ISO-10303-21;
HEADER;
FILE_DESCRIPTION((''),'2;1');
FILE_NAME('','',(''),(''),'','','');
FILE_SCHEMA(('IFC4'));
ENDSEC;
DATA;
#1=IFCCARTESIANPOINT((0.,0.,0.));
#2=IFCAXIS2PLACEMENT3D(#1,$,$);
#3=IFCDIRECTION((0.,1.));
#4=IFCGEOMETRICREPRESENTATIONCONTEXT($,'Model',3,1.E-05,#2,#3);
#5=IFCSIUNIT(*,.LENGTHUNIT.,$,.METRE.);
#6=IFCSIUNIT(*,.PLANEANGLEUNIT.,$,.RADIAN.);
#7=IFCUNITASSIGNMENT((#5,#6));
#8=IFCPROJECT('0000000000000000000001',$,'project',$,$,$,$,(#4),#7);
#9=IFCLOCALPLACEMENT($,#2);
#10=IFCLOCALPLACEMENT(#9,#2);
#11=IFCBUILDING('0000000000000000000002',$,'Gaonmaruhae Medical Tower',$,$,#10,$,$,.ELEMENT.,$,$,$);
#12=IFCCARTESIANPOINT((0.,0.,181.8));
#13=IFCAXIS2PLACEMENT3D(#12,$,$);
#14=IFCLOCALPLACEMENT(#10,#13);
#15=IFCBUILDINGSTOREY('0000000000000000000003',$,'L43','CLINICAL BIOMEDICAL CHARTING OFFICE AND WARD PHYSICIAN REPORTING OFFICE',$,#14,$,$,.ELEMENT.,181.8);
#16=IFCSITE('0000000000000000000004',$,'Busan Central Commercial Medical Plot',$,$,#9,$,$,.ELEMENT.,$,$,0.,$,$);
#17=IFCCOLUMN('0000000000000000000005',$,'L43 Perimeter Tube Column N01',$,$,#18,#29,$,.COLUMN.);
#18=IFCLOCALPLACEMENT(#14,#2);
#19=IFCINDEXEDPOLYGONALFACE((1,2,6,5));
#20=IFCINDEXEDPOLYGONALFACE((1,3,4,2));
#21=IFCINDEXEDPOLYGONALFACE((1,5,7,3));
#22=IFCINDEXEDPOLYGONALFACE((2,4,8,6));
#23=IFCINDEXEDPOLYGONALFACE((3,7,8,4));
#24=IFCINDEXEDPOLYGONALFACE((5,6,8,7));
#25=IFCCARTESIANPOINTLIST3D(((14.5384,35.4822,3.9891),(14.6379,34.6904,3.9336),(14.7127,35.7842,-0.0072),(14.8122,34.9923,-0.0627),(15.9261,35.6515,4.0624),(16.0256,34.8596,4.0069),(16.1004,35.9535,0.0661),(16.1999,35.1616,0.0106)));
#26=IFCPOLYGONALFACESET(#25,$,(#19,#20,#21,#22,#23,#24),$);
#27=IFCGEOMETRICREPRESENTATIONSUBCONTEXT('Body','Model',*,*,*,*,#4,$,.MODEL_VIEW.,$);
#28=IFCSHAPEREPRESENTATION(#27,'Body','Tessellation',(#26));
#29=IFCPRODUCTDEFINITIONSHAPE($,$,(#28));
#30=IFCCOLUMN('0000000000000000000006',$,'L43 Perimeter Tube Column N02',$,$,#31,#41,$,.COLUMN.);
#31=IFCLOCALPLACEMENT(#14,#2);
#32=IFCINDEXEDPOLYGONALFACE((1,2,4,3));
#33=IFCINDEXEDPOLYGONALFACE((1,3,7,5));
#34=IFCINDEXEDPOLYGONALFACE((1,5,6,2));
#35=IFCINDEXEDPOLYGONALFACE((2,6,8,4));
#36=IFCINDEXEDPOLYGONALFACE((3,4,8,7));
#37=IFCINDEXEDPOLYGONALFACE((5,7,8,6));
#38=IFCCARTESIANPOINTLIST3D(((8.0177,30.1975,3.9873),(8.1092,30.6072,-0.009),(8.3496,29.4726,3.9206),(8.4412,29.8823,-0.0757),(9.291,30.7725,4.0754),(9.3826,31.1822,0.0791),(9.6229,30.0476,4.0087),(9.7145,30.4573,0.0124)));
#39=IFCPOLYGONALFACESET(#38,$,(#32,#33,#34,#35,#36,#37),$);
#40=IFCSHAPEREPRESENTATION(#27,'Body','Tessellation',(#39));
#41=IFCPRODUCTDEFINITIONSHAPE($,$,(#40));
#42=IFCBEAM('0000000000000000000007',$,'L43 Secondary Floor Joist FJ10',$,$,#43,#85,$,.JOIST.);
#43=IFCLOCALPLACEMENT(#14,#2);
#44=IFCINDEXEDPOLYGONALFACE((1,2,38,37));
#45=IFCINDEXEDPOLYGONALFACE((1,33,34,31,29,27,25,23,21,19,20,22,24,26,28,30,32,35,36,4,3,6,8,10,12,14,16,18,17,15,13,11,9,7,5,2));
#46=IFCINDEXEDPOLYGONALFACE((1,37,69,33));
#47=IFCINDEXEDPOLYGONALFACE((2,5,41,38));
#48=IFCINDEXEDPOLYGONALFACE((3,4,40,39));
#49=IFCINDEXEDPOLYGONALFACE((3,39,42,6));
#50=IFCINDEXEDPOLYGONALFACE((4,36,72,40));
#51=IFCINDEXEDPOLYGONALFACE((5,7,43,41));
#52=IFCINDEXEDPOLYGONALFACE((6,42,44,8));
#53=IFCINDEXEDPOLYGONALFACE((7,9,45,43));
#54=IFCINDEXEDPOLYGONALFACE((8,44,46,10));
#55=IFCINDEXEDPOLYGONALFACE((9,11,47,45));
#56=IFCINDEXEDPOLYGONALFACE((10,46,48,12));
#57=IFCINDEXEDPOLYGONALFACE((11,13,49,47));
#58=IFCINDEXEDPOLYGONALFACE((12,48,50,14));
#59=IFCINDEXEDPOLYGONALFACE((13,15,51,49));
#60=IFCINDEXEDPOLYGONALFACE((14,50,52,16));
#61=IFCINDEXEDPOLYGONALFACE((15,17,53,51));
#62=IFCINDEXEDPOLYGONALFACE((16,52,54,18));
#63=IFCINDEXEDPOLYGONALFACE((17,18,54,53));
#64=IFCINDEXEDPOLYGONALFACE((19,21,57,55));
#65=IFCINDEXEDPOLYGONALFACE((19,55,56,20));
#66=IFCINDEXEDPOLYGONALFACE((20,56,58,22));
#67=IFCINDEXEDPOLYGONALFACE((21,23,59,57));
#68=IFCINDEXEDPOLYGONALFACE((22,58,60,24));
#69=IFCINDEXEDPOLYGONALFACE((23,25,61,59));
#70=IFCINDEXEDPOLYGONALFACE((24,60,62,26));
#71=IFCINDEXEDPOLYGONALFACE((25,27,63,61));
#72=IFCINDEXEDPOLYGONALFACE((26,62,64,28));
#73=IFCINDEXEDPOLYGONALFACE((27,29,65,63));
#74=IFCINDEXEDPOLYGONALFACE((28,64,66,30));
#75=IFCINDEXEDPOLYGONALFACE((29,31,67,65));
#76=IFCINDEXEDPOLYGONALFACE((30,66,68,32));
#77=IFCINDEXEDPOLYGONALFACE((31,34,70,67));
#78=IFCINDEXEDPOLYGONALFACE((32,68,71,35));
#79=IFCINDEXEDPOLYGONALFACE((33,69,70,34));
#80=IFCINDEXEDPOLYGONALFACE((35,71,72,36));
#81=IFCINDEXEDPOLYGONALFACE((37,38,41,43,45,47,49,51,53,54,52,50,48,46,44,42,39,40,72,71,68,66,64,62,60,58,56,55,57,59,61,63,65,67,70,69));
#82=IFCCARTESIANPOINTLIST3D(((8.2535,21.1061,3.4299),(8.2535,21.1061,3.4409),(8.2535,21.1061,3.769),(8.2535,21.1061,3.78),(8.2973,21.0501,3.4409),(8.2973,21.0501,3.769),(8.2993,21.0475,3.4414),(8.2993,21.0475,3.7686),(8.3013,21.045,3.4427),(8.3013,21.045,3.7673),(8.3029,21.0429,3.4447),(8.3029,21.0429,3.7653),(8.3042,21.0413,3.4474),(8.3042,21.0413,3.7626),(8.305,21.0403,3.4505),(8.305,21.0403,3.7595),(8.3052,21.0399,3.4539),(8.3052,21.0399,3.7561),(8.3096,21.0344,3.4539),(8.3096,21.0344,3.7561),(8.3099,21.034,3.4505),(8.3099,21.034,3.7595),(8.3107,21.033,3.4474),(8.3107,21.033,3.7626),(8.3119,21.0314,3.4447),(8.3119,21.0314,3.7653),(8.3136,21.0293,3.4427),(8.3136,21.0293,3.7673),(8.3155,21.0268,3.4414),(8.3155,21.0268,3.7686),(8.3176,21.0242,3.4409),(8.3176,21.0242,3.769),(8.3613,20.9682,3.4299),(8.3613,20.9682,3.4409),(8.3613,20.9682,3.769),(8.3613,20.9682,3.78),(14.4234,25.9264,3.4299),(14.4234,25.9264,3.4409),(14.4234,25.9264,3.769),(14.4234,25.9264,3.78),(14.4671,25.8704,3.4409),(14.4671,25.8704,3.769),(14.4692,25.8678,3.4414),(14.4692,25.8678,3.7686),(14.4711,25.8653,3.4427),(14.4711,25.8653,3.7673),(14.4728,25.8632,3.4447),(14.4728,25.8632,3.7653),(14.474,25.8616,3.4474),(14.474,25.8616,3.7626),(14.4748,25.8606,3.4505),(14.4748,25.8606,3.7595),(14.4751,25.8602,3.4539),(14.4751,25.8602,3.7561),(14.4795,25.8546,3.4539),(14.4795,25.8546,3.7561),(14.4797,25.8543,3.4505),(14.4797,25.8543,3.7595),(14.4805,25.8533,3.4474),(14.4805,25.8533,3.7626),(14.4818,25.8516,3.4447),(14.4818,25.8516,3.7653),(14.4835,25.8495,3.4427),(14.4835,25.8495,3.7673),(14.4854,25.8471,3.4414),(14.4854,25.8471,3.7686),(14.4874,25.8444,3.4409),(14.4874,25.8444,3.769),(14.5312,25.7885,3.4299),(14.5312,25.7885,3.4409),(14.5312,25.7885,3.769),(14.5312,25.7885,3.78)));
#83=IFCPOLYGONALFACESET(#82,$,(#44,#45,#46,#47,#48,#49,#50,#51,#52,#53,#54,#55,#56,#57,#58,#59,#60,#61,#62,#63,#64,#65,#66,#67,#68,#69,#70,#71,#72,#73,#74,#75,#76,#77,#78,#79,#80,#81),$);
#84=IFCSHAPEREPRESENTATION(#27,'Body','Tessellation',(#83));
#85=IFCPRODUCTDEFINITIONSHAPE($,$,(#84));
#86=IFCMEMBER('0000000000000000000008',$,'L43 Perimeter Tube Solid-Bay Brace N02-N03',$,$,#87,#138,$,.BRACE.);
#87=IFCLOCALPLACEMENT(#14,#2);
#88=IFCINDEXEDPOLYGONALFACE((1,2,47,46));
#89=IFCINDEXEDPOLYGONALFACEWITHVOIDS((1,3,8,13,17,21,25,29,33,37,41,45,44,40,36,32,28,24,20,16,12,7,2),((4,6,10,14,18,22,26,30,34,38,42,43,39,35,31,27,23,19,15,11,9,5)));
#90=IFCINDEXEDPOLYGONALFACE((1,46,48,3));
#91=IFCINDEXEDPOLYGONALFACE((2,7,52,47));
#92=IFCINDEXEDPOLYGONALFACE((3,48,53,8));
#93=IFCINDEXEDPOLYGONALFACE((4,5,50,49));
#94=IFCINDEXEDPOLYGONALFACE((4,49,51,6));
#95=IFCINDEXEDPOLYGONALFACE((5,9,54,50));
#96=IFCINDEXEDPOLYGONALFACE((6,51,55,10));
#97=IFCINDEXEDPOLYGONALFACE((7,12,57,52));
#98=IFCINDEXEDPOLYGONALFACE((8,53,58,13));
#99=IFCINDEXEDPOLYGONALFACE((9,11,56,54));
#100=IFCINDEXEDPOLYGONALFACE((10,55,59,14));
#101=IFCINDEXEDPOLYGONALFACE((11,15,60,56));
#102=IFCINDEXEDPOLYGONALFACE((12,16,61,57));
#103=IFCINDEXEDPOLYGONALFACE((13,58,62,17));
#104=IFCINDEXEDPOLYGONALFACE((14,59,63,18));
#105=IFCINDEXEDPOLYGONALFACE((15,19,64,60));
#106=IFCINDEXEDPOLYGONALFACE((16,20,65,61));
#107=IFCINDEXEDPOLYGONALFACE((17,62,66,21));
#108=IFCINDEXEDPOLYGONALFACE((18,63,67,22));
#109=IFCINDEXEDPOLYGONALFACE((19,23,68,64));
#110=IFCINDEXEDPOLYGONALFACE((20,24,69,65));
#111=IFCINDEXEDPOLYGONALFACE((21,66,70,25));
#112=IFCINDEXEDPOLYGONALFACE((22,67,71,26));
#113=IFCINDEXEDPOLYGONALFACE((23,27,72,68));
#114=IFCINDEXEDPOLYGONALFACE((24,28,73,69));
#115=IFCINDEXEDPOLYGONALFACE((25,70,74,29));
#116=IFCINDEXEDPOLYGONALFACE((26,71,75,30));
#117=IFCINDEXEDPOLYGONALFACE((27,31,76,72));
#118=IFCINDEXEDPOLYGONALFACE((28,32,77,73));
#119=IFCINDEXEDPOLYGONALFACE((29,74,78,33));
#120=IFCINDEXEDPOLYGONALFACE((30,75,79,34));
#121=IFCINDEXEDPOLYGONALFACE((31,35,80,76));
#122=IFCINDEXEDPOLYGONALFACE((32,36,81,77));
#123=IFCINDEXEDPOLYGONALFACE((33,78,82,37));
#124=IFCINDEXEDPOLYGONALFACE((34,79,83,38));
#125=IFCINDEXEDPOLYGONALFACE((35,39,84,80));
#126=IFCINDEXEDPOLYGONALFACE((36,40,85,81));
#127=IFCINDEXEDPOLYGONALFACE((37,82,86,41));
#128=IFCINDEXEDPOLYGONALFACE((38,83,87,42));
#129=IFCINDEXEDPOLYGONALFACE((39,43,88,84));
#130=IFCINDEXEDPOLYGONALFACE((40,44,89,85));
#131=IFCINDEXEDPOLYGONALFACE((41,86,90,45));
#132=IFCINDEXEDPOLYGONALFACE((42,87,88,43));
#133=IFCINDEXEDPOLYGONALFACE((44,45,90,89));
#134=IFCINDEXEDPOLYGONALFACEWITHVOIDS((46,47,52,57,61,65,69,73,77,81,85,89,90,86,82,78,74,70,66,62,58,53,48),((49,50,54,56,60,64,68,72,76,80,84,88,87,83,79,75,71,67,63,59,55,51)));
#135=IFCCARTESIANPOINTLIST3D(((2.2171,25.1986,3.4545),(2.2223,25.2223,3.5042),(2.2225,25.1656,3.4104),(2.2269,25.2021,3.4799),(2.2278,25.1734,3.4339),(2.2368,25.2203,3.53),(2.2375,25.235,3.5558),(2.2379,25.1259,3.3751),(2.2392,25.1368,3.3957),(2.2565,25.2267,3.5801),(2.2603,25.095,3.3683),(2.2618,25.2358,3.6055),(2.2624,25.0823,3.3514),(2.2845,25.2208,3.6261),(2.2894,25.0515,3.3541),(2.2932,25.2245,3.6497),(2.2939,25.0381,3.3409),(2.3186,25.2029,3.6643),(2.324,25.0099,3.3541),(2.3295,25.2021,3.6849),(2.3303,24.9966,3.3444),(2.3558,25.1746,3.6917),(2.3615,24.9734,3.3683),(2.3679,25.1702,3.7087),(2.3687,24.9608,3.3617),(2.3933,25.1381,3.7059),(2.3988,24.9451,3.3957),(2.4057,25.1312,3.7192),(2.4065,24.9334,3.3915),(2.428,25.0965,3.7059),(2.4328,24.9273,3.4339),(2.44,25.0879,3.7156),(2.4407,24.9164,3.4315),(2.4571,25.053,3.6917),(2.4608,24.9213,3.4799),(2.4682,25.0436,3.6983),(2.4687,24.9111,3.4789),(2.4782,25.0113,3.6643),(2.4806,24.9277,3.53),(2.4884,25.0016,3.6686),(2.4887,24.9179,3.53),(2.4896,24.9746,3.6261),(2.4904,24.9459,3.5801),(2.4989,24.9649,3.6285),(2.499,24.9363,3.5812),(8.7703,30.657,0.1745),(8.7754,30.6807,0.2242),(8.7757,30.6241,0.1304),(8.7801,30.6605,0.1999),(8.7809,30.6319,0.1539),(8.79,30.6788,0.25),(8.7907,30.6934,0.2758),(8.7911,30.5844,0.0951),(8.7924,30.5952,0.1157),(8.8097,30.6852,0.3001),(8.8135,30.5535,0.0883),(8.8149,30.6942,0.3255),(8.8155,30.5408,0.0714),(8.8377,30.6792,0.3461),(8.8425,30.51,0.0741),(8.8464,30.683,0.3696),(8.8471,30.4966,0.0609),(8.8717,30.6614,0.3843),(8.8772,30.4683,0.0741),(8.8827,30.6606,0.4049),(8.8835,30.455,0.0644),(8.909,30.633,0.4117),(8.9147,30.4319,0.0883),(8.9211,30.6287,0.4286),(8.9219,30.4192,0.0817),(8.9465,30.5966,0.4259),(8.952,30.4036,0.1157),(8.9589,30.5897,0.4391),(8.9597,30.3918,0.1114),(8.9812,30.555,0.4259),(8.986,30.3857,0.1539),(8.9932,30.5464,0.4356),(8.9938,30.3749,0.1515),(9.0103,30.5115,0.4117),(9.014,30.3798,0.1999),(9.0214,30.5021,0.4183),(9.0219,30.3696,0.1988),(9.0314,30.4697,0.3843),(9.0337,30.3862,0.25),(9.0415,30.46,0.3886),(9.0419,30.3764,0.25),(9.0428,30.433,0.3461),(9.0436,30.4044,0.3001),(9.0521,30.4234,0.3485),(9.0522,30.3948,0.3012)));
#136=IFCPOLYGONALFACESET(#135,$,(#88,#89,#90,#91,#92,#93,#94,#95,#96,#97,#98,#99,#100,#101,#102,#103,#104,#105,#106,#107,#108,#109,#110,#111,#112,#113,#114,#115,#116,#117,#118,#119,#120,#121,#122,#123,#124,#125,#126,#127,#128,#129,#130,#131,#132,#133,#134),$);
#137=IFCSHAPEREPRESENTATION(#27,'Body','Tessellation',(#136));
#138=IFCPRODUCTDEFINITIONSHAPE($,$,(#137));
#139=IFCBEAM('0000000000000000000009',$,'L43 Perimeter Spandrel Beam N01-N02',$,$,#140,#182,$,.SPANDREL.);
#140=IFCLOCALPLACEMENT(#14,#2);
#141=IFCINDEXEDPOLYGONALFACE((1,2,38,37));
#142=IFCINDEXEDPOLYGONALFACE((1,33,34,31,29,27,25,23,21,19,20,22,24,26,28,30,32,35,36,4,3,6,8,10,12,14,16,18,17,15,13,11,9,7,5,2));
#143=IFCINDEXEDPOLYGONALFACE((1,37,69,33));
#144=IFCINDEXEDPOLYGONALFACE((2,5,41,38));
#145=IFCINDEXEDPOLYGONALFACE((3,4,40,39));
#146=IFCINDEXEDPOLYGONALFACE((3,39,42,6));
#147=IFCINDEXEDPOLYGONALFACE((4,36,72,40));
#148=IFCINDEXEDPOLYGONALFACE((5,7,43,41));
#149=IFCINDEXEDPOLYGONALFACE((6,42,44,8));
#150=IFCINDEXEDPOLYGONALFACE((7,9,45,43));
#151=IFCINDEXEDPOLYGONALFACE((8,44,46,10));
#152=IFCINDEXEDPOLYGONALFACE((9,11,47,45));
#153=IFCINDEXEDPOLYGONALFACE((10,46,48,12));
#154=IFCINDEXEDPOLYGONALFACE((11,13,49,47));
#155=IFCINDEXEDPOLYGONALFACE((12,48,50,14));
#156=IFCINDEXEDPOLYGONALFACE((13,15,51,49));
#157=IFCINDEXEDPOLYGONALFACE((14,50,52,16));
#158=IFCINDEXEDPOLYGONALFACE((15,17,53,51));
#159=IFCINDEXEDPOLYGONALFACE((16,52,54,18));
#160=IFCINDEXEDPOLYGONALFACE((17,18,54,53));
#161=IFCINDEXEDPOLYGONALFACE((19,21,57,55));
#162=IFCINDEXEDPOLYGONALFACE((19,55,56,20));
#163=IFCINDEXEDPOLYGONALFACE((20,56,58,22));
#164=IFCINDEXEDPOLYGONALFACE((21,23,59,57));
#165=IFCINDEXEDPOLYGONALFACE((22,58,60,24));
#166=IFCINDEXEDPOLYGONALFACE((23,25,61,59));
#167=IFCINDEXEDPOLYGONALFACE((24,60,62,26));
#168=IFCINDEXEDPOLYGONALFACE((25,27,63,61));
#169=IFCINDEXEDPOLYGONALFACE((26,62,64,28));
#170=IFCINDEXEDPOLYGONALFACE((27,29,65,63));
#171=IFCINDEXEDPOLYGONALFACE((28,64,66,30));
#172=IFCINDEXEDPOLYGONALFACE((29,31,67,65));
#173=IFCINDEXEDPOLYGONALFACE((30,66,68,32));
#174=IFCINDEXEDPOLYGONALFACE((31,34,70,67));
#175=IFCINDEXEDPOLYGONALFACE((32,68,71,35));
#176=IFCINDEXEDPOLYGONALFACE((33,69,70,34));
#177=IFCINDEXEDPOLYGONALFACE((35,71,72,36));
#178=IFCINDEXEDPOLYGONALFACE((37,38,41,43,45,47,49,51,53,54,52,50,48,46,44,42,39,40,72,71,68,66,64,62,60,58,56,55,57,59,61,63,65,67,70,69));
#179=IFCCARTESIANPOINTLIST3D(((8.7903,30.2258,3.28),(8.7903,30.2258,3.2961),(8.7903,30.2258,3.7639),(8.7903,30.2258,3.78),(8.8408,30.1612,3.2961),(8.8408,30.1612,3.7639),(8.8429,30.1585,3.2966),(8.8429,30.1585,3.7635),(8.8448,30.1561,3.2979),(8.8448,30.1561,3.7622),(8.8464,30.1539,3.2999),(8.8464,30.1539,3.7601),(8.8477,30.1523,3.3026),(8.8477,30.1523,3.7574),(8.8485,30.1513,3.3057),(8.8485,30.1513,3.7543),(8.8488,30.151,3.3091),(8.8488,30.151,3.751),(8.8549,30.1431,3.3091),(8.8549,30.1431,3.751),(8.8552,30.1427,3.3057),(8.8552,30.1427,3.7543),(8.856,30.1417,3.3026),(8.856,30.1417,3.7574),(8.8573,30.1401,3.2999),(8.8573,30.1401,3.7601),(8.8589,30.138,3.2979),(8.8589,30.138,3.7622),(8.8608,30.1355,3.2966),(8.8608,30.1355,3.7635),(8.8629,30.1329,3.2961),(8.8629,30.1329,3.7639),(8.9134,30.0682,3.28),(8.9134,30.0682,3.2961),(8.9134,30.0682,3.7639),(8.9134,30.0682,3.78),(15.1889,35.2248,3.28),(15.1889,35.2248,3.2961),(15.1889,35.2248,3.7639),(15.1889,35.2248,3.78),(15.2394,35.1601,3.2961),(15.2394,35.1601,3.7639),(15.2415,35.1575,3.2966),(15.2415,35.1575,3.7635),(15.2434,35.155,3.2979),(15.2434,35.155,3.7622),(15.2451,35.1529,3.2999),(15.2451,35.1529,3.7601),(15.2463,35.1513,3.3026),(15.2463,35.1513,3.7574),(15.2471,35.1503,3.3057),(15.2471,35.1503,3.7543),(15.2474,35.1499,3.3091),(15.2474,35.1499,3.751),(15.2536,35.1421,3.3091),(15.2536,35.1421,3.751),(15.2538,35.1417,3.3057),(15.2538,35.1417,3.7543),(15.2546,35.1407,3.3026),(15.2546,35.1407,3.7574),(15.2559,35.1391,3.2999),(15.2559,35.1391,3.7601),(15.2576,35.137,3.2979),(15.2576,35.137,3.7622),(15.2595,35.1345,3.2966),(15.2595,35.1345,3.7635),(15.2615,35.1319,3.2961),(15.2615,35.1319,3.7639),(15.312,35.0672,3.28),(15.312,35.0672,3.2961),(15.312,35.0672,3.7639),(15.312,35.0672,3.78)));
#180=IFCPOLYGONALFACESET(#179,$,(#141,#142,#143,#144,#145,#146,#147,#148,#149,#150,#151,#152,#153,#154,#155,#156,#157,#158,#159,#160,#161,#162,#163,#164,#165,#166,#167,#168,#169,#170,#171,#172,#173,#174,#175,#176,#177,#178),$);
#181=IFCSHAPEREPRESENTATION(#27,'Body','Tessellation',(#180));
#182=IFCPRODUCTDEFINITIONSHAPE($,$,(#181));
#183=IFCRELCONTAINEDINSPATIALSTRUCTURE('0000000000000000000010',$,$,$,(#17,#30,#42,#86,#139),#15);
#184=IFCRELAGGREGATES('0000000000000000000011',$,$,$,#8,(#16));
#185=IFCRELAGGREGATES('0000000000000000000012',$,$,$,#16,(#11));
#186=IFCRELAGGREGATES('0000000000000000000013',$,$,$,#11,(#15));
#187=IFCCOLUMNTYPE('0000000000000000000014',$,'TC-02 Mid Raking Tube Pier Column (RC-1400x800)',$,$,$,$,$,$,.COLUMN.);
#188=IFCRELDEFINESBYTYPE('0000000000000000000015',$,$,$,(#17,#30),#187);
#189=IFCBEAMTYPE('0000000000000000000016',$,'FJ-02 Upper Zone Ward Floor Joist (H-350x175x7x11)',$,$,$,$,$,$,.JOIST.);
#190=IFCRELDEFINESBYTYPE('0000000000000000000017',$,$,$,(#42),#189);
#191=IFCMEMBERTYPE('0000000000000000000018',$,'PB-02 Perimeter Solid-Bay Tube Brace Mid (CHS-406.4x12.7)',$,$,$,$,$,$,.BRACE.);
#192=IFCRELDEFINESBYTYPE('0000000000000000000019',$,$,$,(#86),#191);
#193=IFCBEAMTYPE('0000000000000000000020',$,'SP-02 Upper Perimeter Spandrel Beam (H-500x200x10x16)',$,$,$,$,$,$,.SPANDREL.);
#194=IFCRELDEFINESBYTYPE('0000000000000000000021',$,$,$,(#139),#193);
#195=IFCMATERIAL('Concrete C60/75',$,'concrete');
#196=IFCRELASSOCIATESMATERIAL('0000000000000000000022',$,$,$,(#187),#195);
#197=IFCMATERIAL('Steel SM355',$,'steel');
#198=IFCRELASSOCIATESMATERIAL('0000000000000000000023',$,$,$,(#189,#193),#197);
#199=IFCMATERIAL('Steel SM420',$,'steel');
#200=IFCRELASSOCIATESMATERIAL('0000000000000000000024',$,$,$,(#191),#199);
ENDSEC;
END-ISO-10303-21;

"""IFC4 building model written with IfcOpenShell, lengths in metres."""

from ifc_helpers import new_model, si_unit, direction, frame, origin, origin_2d, place, context, subcontext, project, spatial, rectangle, hollow_circle, i_section, extrude, material, material_profile, profile_set, type_object, element, save


model = new_model("IFC4")

# Units and contexts
model_context = context("Model", 3, precision=1e-05, world=origin(), true_north=direction((0.0, 1.0)))
body_context = subcontext(model_context, "Body", "Model", "MODEL_VIEW")
ifc_project = project(units=[si_unit("LENGTHUNIT", "METRE"), si_unit("PLANEANGLEUNIT", "RADIAN")], contexts=[model_context])

# Site, building, storey
site_placement = place(None, origin())
site = spatial("IfcSite", under=ifc_project, at=site_placement, Name="Busan Central Commercial Medical Plot", CompositionType="ELEMENT", RefElevation=0.0)
building_placement = place(site_placement, origin())
building = spatial("IfcBuilding", under=site, at=building_placement, Name="Gaonmaruhae Medical Tower", CompositionType="ELEMENT")
storey_placement = place(building_placement, frame((0.0, 0.0, 181.8)))
storey = spatial("IfcBuildingStorey", under=building, at=storey_placement, Name="L43", Description="CLINICAL BIOMEDICAL CHARTING OFFICE AND WARD PHYSICIAN REPORTING OFFICE", CompositionType="ELEMENT", Elevation=181.8)

# Columns
ifc_material_1 = material(Name="Concrete C60/75", Category="concrete")
ifc_material_profile_1 = material_profile(ifc_material_1, rectangle(XDim=1.3999, YDim=0.8, at=origin_2d()), Name="RC-1400x800")
ifc_profile_set_1 = profile_set([ifc_material_profile_1], Name="Concrete C60/75")
column_type = type_object("IfcColumnType", Name="TC-02 Mid Raking Tube Pier Column (RC-1400x800)", PredefinedType="COLUMN", material=ifc_profile_set_1)
column_1_placement = place(storey_placement, frame((15.4563, 35.4729, 0.0017), z_axis=(-0.043454, -0.075284, 0.996215), x_axis=(0.991286, 0.12087, 0.052373)))
element("IfcColumn", 1, at=column_1_placement, inside=storey, type_object=column_type, Name="L43 Perimeter Tube Column N01", PredefinedType="COLUMN", context=body_context, shape_type="SweptSolid", body=[
    extrude(rectangle(XDim=1.3999, YDim=0.8, at=origin_2d()), origin(), (0.0, 0.0, 1.0), 4.0115),
])
column_2_placement = place(storey_placement, frame((8.9119, 30.5322, 0.0017), z_axis=(-0.022784, -0.10195, 0.994529), x_axis=(0.909586, 0.410722, 0.062941)))
element("IfcColumn", 2, at=column_2_placement, inside=storey, type_object=column_type, Name="L43 Perimeter Tube Column N02", PredefinedType="COLUMN", context=body_context, shape_type="SweptSolid", body=[
    extrude(rectangle(XDim=1.3999, YDim=0.8, at=origin_2d()), origin(), (0.0, 0.0, 1.0), 4.0183),
])

# Beam
ifc_material_2 = material(Name="Steel SM355", Category="steel")
ifc_material_profile_2 = material_profile(ifc_material_2, i_section(OverallWidth=0.175, OverallDepth=0.3501, WebThickness=0.0071, FlangeThickness=0.011, FilletRadius=0.0129, at=origin_2d()), Name="H-350x175x7x11")
ifc_profile_set_2 = profile_set([ifc_material_profile_2], Name="Steel SM355")
beam_type_1 = type_object("IfcBeamType", Name="FJ-02 Upper Zone Ward Floor Joist (H-350x175x7x11)", PredefinedType="JOIST", material=ifc_profile_set_2)
beam_1_placement = place(storey_placement, frame((14.4773, 25.8574, 3.605), z_axis=(-0.788021, -0.615649, 0.0), x_axis=(0.615649, -0.788021, 0.0)))
element("IfcBeam", 3, at=beam_1_placement, inside=storey, type_object=beam_type_1, Name="L43 Secondary Floor Joist FJ10", PredefinedType="JOIST", context=body_context, shape_type="SweptSolid", body=[
    extrude(i_section(OverallWidth=0.175, OverallDepth=0.3501, WebThickness=0.0071, FlangeThickness=0.011, FilletRadius=0.0129, at=origin_2d()), origin(), (0.0, 0.0, 1.0), 7.8296),
])

# Member
ifc_material_3 = material(Name="Steel SM420", Category="steel")
ifc_material_profile_3 = material_profile(ifc_material_3, hollow_circle(Radius=0.2031, WallThickness=0.0127, at=origin_2d()), Name="CHS-406.4x12.7")
ifc_profile_set_3 = profile_set([ifc_material_profile_3], Name="Steel SM420")
member_type = type_object("IfcMemberType", Name="PB-02 Perimeter Solid-Bay Tube Brace Mid (CHS-406.4x12.7)", PredefinedType="BRACE", material=ifc_profile_set_3)
member_placement = place(storey_placement, frame((8.9119, 30.5325, 0.25), z_axis=(-0.717159, -0.597357, 0.358954), x_axis=(0.64001, -0.768367, 0.0)))
element("IfcMember", 4, at=member_placement, inside=storey, type_object=member_type, Name="L43 Perimeter Tube Solid-Bay Brace N02-N03", PredefinedType="BRACE", context=body_context, shape_type="SweptSolid", body=[
    extrude(hollow_circle(Radius=0.2031, WallThickness=0.0127, at=origin_2d()), origin(), (0.0, 0.0, 1.0), 9.1377),
])

# Beam
ifc_material_profile_4 = material_profile(ifc_material_2, i_section(OverallWidth=0.2, OverallDepth=0.5, WebThickness=0.01, FlangeThickness=0.0161, FilletRadius=0.0129, at=origin_2d()), Name="H-500x200x10x16")
ifc_profile_set_4 = profile_set([ifc_material_profile_4], Name="Steel SM355")
beam_type_2 = type_object("IfcBeamType", Name="SP-02 Upper Perimeter Spandrel Beam (H-500x200x10x16)", PredefinedType="SPANDREL", material=ifc_profile_set_4)
beam_2_placement = place(storey_placement, frame((15.2505, 35.146, 3.53), z_axis=(-0.788021, -0.615648, 0.0), x_axis=(0.615648, -0.788021, 0.0)))
element("IfcBeam", 5, at=beam_2_placement, inside=storey, type_object=beam_type_2, Name="L43 Perimeter Spandrel Beam N01-N02", PredefinedType="SPANDREL", context=body_context, shape_type="SweptSolid", body=[
    extrude(i_section(OverallWidth=0.2, OverallDepth=0.5, WebThickness=0.01, FlangeThickness=0.0161, FilletRadius=0.0129, at=origin_2d()), origin(), (0.0, 0.0, 1.0), 8.1199),
])

save(model, "model.ifc")
